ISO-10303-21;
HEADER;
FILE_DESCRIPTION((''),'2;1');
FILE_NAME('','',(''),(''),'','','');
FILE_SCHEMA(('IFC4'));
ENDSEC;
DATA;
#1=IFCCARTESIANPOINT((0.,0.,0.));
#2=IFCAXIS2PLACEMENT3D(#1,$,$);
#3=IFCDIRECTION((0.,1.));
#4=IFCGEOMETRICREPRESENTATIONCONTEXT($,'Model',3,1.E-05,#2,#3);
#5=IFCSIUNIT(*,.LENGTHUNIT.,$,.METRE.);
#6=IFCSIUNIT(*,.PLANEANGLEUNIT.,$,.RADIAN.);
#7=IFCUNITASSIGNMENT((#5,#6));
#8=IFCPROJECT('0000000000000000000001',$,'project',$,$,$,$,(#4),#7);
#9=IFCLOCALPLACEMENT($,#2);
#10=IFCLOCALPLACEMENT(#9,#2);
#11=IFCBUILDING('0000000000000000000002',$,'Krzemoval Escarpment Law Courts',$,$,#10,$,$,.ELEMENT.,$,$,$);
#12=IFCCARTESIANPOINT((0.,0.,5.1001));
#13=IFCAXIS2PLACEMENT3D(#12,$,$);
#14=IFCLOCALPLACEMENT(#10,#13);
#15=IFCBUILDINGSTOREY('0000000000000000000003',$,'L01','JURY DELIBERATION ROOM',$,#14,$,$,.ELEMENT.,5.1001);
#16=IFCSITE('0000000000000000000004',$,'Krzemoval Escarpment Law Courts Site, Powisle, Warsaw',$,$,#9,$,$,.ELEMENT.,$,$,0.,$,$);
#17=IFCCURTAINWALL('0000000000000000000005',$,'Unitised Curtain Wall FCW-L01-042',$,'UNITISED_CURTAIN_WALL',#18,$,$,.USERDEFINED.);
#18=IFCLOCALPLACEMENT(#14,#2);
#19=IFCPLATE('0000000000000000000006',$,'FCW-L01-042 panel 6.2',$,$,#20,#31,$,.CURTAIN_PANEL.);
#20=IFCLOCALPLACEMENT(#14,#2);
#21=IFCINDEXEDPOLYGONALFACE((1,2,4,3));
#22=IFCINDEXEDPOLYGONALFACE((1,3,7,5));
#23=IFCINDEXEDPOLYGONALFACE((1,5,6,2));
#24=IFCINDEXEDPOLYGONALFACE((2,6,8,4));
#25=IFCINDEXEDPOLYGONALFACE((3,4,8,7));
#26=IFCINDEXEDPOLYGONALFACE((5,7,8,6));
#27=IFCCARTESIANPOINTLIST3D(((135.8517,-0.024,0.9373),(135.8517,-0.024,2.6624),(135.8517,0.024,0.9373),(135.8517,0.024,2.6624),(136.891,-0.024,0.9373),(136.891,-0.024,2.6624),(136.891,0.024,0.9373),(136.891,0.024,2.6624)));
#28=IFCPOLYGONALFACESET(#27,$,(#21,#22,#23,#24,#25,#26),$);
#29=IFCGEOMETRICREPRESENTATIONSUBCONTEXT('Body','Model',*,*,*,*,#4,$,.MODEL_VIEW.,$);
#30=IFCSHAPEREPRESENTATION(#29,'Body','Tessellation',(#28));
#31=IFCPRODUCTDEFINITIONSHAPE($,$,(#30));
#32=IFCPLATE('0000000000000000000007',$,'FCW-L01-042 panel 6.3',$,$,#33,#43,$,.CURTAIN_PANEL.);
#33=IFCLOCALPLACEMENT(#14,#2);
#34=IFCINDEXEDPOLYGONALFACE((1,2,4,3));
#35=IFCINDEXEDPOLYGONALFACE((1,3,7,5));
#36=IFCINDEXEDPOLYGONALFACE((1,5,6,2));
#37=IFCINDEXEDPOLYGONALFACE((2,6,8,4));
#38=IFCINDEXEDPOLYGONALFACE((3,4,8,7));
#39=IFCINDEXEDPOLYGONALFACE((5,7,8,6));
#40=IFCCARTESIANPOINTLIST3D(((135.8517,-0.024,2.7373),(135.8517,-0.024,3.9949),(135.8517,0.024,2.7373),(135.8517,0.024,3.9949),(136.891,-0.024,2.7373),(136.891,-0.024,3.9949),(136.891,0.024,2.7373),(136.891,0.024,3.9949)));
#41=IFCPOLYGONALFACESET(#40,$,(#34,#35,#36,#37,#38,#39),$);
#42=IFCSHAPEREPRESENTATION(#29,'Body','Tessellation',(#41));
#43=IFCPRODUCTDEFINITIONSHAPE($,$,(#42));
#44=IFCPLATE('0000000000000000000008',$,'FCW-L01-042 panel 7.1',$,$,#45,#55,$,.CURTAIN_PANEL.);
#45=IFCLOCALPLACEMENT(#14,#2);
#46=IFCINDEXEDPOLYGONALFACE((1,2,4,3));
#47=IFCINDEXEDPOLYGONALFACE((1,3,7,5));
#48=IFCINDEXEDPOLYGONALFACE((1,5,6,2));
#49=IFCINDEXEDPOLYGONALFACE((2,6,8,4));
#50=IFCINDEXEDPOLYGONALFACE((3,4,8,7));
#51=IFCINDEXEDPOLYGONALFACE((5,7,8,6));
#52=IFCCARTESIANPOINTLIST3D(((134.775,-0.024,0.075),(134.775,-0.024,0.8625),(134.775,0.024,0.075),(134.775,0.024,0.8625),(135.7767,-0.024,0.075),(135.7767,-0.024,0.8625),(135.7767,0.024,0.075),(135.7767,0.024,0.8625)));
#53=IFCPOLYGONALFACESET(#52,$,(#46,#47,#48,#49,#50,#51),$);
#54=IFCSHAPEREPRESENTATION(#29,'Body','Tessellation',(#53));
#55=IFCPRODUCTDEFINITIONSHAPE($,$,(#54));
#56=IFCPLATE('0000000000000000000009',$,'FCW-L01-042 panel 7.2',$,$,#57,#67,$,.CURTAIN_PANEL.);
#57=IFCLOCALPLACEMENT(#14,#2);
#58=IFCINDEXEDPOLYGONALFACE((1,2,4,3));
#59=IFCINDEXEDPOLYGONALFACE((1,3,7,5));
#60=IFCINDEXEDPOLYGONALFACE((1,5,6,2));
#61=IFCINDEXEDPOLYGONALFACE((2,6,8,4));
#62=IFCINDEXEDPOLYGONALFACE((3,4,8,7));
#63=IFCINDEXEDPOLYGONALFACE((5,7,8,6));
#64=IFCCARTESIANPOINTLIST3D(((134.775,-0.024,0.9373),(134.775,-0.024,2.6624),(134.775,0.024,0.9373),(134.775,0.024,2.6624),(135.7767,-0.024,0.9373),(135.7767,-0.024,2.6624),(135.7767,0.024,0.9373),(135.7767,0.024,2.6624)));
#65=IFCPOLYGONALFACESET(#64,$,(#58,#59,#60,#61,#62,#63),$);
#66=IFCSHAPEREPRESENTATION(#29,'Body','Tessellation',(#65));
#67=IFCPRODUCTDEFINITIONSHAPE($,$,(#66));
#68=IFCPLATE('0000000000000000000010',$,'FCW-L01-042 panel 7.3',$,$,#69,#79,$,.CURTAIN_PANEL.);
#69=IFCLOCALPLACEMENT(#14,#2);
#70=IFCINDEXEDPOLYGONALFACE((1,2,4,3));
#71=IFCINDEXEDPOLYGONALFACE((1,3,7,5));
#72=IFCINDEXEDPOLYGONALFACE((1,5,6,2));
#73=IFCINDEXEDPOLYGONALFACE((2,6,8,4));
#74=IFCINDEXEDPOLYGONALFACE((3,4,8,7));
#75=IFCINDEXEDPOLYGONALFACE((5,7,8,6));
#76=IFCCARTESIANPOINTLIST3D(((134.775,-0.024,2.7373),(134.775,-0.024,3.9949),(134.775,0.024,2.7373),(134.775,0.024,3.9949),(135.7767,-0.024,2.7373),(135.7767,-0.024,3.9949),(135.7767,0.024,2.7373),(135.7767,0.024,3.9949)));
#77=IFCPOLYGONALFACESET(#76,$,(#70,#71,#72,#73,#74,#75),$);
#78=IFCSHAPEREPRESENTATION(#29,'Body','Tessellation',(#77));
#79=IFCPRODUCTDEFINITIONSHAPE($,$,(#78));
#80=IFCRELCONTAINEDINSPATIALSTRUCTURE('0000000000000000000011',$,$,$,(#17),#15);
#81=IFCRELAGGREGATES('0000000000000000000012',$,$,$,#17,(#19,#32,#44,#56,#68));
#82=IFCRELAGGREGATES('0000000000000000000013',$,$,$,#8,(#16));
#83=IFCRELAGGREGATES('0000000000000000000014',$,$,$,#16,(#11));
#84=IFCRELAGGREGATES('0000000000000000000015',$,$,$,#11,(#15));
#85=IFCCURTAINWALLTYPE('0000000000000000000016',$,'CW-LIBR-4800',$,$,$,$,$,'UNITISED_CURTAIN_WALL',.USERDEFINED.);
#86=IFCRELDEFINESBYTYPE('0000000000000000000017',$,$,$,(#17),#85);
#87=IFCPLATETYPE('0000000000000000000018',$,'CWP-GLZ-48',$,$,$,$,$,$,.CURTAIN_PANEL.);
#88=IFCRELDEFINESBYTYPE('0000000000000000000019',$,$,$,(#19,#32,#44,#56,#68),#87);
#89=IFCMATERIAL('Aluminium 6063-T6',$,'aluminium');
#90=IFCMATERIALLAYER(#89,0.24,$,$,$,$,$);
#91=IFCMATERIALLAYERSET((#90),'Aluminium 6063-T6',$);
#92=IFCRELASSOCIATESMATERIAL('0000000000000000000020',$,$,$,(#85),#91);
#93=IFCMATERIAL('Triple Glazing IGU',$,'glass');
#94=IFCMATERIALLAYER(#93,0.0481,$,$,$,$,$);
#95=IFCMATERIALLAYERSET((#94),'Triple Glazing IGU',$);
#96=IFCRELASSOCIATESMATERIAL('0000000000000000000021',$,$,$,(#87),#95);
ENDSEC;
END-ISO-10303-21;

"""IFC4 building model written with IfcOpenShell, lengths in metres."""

from ifc_helpers import new_model, si_unit, direction, frame, origin, origin_2d, place, context, subcontext, project, spatial, rectangle, extrude, material, layer, layer_set, type_object, element, aggregate, save


model = new_model("IFC4")

# Units and contexts
model_context = context("Model", 3, precision=1e-05, world=origin(), true_north=direction((0.0, 1.0)))
body_context = subcontext(model_context, "Body", "Model", "MODEL_VIEW")
ifc_project = project(units=[si_unit("LENGTHUNIT", "METRE"), si_unit("PLANEANGLEUNIT", "RADIAN")], contexts=[model_context])

# Site, building, storey
site_placement = place(None, origin())
site = spatial("IfcSite", under=ifc_project, at=site_placement, Name="Krzemoval Escarpment Law Courts Site, Powisle, Warsaw", CompositionType="ELEMENT", RefElevation=0.0)
building_placement = place(site_placement, origin())
building = spatial("IfcBuilding", under=site, at=building_placement, Name="Krzemoval Escarpment Law Courts", CompositionType="ELEMENT")
storey_placement = place(building_placement, frame((0.0, 0.0, 5.1001)))
storey = spatial("IfcBuildingStorey", under=building, at=storey_placement, Name="L01", Description="JURY DELIBERATION ROOM", CompositionType="ELEMENT", Elevation=5.1001)

# Curtain wall, plates
ifc_material_1 = material(Name="Aluminium 6063-T6", Category="aluminium")
ifc_layer_1 = layer(ifc_material_1, 0.24)
ifc_layer_set_1 = layer_set([ifc_layer_1], Name="Aluminium 6063-T6")
curtain_wall_type = type_object("IfcCurtainWallType", Name="CW-LIBR-4800", ElementType="UNITISED_CURTAIN_WALL", PredefinedType="USERDEFINED", material=ifc_layer_set_1)
curtain_wall_placement = place(storey_placement, origin())
curtain_wall = element("IfcCurtainWall", 1, at=curtain_wall_placement, inside=storey, type_object=curtain_wall_type, Name="Unitised Curtain Wall FCW-L01-042", ObjectType="UNITISED_CURTAIN_WALL", PredefinedType="USERDEFINED")
ifc_material_2 = material(Name="Triple Glazing IGU", Category="glass")
ifc_layer_2 = layer(ifc_material_2, 0.0481)
ifc_layer_set_2 = layer_set([ifc_layer_2], Name="Triple Glazing IGU")
plate_type = type_object("IfcPlateType", Name="CWP-GLZ-48", PredefinedType="CURTAIN_PANEL", material=ifc_layer_set_2)
plate_1_placement = place(storey_placement, frame((136.3713, 0.0, 0.9373), z_axis=(0.0, 0.0, 1.0), x_axis=(-1.0, 0.0, 0.0)))
plate_1 = element("IfcPlate", 2, at=plate_1_placement, type_object=plate_type, Name="FCW-L01-042 panel 6.2", PredefinedType="CURTAIN_PANEL", context=body_context, shape_type="SweptSolid", body=[
    extrude(rectangle(XDim=1.0393, YDim=0.0481, at=origin_2d()), origin(), (0.0, 0.0, 1.0), 1.7251),
])
plate_2_placement = place(storey_placement, frame((136.3713, 0.0, 2.7373), z_axis=(0.0, 0.0, 1.0), x_axis=(-1.0, 0.0, 0.0)))
plate_2 = element("IfcPlate", 3, at=plate_2_placement, type_object=plate_type, Name="FCW-L01-042 panel 6.3", PredefinedType="CURTAIN_PANEL", context=body_context, shape_type="SweptSolid", body=[
    extrude(rectangle(XDim=1.0393, YDim=0.0481, at=origin_2d()), origin(), (0.0, 0.0, 1.0), 1.2576),
])
plate_3_placement = place(storey_placement, frame((135.2759, 0.0, 0.075), z_axis=(0.0, 0.0, 1.0), x_axis=(-1.0, 0.0, 0.0)))
plate_3 = element("IfcPlate", 4, at=plate_3_placement, type_object=plate_type, Name="FCW-L01-042 panel 7.1", PredefinedType="CURTAIN_PANEL", context=body_context, shape_type="SweptSolid", body=[
    extrude(rectangle(XDim=1.0017, YDim=0.0481, at=origin_2d()), origin(), (0.0, 0.0, 1.0), 0.7876),
])
plate_4_placement = place(storey_placement, frame((135.2759, 0.0, 0.9373), z_axis=(0.0, 0.0, 1.0), x_axis=(-1.0, 0.0, 0.0)))
plate_4 = element("IfcPlate", 5, at=plate_4_placement, type_object=plate_type, Name="FCW-L01-042 panel 7.2", PredefinedType="CURTAIN_PANEL", context=body_context, shape_type="SweptSolid", body=[
    extrude(rectangle(XDim=1.0017, YDim=0.0481, at=origin_2d()), origin(), (0.0, 0.0, 1.0), 1.7251),
])
plate_5_placement = place(storey_placement, frame((135.2759, 0.0, 2.7373), z_axis=(0.0, 0.0, 1.0), x_axis=(-1.0, 0.0, 0.0)))
plate_5 = element("IfcPlate", 6, at=plate_5_placement, type_object=plate_type, Name="FCW-L01-042 panel 7.3", PredefinedType="CURTAIN_PANEL", context=body_context, shape_type="SweptSolid", body=[
    extrude(rectangle(XDim=1.0017, YDim=0.0481, at=origin_2d()), origin(), (0.0, 0.0, 1.0), 1.2576),
])
aggregate(curtain_wall, [plate_1, plate_2, plate_3, plate_4, plate_5])

save(model, "model.ifc")
